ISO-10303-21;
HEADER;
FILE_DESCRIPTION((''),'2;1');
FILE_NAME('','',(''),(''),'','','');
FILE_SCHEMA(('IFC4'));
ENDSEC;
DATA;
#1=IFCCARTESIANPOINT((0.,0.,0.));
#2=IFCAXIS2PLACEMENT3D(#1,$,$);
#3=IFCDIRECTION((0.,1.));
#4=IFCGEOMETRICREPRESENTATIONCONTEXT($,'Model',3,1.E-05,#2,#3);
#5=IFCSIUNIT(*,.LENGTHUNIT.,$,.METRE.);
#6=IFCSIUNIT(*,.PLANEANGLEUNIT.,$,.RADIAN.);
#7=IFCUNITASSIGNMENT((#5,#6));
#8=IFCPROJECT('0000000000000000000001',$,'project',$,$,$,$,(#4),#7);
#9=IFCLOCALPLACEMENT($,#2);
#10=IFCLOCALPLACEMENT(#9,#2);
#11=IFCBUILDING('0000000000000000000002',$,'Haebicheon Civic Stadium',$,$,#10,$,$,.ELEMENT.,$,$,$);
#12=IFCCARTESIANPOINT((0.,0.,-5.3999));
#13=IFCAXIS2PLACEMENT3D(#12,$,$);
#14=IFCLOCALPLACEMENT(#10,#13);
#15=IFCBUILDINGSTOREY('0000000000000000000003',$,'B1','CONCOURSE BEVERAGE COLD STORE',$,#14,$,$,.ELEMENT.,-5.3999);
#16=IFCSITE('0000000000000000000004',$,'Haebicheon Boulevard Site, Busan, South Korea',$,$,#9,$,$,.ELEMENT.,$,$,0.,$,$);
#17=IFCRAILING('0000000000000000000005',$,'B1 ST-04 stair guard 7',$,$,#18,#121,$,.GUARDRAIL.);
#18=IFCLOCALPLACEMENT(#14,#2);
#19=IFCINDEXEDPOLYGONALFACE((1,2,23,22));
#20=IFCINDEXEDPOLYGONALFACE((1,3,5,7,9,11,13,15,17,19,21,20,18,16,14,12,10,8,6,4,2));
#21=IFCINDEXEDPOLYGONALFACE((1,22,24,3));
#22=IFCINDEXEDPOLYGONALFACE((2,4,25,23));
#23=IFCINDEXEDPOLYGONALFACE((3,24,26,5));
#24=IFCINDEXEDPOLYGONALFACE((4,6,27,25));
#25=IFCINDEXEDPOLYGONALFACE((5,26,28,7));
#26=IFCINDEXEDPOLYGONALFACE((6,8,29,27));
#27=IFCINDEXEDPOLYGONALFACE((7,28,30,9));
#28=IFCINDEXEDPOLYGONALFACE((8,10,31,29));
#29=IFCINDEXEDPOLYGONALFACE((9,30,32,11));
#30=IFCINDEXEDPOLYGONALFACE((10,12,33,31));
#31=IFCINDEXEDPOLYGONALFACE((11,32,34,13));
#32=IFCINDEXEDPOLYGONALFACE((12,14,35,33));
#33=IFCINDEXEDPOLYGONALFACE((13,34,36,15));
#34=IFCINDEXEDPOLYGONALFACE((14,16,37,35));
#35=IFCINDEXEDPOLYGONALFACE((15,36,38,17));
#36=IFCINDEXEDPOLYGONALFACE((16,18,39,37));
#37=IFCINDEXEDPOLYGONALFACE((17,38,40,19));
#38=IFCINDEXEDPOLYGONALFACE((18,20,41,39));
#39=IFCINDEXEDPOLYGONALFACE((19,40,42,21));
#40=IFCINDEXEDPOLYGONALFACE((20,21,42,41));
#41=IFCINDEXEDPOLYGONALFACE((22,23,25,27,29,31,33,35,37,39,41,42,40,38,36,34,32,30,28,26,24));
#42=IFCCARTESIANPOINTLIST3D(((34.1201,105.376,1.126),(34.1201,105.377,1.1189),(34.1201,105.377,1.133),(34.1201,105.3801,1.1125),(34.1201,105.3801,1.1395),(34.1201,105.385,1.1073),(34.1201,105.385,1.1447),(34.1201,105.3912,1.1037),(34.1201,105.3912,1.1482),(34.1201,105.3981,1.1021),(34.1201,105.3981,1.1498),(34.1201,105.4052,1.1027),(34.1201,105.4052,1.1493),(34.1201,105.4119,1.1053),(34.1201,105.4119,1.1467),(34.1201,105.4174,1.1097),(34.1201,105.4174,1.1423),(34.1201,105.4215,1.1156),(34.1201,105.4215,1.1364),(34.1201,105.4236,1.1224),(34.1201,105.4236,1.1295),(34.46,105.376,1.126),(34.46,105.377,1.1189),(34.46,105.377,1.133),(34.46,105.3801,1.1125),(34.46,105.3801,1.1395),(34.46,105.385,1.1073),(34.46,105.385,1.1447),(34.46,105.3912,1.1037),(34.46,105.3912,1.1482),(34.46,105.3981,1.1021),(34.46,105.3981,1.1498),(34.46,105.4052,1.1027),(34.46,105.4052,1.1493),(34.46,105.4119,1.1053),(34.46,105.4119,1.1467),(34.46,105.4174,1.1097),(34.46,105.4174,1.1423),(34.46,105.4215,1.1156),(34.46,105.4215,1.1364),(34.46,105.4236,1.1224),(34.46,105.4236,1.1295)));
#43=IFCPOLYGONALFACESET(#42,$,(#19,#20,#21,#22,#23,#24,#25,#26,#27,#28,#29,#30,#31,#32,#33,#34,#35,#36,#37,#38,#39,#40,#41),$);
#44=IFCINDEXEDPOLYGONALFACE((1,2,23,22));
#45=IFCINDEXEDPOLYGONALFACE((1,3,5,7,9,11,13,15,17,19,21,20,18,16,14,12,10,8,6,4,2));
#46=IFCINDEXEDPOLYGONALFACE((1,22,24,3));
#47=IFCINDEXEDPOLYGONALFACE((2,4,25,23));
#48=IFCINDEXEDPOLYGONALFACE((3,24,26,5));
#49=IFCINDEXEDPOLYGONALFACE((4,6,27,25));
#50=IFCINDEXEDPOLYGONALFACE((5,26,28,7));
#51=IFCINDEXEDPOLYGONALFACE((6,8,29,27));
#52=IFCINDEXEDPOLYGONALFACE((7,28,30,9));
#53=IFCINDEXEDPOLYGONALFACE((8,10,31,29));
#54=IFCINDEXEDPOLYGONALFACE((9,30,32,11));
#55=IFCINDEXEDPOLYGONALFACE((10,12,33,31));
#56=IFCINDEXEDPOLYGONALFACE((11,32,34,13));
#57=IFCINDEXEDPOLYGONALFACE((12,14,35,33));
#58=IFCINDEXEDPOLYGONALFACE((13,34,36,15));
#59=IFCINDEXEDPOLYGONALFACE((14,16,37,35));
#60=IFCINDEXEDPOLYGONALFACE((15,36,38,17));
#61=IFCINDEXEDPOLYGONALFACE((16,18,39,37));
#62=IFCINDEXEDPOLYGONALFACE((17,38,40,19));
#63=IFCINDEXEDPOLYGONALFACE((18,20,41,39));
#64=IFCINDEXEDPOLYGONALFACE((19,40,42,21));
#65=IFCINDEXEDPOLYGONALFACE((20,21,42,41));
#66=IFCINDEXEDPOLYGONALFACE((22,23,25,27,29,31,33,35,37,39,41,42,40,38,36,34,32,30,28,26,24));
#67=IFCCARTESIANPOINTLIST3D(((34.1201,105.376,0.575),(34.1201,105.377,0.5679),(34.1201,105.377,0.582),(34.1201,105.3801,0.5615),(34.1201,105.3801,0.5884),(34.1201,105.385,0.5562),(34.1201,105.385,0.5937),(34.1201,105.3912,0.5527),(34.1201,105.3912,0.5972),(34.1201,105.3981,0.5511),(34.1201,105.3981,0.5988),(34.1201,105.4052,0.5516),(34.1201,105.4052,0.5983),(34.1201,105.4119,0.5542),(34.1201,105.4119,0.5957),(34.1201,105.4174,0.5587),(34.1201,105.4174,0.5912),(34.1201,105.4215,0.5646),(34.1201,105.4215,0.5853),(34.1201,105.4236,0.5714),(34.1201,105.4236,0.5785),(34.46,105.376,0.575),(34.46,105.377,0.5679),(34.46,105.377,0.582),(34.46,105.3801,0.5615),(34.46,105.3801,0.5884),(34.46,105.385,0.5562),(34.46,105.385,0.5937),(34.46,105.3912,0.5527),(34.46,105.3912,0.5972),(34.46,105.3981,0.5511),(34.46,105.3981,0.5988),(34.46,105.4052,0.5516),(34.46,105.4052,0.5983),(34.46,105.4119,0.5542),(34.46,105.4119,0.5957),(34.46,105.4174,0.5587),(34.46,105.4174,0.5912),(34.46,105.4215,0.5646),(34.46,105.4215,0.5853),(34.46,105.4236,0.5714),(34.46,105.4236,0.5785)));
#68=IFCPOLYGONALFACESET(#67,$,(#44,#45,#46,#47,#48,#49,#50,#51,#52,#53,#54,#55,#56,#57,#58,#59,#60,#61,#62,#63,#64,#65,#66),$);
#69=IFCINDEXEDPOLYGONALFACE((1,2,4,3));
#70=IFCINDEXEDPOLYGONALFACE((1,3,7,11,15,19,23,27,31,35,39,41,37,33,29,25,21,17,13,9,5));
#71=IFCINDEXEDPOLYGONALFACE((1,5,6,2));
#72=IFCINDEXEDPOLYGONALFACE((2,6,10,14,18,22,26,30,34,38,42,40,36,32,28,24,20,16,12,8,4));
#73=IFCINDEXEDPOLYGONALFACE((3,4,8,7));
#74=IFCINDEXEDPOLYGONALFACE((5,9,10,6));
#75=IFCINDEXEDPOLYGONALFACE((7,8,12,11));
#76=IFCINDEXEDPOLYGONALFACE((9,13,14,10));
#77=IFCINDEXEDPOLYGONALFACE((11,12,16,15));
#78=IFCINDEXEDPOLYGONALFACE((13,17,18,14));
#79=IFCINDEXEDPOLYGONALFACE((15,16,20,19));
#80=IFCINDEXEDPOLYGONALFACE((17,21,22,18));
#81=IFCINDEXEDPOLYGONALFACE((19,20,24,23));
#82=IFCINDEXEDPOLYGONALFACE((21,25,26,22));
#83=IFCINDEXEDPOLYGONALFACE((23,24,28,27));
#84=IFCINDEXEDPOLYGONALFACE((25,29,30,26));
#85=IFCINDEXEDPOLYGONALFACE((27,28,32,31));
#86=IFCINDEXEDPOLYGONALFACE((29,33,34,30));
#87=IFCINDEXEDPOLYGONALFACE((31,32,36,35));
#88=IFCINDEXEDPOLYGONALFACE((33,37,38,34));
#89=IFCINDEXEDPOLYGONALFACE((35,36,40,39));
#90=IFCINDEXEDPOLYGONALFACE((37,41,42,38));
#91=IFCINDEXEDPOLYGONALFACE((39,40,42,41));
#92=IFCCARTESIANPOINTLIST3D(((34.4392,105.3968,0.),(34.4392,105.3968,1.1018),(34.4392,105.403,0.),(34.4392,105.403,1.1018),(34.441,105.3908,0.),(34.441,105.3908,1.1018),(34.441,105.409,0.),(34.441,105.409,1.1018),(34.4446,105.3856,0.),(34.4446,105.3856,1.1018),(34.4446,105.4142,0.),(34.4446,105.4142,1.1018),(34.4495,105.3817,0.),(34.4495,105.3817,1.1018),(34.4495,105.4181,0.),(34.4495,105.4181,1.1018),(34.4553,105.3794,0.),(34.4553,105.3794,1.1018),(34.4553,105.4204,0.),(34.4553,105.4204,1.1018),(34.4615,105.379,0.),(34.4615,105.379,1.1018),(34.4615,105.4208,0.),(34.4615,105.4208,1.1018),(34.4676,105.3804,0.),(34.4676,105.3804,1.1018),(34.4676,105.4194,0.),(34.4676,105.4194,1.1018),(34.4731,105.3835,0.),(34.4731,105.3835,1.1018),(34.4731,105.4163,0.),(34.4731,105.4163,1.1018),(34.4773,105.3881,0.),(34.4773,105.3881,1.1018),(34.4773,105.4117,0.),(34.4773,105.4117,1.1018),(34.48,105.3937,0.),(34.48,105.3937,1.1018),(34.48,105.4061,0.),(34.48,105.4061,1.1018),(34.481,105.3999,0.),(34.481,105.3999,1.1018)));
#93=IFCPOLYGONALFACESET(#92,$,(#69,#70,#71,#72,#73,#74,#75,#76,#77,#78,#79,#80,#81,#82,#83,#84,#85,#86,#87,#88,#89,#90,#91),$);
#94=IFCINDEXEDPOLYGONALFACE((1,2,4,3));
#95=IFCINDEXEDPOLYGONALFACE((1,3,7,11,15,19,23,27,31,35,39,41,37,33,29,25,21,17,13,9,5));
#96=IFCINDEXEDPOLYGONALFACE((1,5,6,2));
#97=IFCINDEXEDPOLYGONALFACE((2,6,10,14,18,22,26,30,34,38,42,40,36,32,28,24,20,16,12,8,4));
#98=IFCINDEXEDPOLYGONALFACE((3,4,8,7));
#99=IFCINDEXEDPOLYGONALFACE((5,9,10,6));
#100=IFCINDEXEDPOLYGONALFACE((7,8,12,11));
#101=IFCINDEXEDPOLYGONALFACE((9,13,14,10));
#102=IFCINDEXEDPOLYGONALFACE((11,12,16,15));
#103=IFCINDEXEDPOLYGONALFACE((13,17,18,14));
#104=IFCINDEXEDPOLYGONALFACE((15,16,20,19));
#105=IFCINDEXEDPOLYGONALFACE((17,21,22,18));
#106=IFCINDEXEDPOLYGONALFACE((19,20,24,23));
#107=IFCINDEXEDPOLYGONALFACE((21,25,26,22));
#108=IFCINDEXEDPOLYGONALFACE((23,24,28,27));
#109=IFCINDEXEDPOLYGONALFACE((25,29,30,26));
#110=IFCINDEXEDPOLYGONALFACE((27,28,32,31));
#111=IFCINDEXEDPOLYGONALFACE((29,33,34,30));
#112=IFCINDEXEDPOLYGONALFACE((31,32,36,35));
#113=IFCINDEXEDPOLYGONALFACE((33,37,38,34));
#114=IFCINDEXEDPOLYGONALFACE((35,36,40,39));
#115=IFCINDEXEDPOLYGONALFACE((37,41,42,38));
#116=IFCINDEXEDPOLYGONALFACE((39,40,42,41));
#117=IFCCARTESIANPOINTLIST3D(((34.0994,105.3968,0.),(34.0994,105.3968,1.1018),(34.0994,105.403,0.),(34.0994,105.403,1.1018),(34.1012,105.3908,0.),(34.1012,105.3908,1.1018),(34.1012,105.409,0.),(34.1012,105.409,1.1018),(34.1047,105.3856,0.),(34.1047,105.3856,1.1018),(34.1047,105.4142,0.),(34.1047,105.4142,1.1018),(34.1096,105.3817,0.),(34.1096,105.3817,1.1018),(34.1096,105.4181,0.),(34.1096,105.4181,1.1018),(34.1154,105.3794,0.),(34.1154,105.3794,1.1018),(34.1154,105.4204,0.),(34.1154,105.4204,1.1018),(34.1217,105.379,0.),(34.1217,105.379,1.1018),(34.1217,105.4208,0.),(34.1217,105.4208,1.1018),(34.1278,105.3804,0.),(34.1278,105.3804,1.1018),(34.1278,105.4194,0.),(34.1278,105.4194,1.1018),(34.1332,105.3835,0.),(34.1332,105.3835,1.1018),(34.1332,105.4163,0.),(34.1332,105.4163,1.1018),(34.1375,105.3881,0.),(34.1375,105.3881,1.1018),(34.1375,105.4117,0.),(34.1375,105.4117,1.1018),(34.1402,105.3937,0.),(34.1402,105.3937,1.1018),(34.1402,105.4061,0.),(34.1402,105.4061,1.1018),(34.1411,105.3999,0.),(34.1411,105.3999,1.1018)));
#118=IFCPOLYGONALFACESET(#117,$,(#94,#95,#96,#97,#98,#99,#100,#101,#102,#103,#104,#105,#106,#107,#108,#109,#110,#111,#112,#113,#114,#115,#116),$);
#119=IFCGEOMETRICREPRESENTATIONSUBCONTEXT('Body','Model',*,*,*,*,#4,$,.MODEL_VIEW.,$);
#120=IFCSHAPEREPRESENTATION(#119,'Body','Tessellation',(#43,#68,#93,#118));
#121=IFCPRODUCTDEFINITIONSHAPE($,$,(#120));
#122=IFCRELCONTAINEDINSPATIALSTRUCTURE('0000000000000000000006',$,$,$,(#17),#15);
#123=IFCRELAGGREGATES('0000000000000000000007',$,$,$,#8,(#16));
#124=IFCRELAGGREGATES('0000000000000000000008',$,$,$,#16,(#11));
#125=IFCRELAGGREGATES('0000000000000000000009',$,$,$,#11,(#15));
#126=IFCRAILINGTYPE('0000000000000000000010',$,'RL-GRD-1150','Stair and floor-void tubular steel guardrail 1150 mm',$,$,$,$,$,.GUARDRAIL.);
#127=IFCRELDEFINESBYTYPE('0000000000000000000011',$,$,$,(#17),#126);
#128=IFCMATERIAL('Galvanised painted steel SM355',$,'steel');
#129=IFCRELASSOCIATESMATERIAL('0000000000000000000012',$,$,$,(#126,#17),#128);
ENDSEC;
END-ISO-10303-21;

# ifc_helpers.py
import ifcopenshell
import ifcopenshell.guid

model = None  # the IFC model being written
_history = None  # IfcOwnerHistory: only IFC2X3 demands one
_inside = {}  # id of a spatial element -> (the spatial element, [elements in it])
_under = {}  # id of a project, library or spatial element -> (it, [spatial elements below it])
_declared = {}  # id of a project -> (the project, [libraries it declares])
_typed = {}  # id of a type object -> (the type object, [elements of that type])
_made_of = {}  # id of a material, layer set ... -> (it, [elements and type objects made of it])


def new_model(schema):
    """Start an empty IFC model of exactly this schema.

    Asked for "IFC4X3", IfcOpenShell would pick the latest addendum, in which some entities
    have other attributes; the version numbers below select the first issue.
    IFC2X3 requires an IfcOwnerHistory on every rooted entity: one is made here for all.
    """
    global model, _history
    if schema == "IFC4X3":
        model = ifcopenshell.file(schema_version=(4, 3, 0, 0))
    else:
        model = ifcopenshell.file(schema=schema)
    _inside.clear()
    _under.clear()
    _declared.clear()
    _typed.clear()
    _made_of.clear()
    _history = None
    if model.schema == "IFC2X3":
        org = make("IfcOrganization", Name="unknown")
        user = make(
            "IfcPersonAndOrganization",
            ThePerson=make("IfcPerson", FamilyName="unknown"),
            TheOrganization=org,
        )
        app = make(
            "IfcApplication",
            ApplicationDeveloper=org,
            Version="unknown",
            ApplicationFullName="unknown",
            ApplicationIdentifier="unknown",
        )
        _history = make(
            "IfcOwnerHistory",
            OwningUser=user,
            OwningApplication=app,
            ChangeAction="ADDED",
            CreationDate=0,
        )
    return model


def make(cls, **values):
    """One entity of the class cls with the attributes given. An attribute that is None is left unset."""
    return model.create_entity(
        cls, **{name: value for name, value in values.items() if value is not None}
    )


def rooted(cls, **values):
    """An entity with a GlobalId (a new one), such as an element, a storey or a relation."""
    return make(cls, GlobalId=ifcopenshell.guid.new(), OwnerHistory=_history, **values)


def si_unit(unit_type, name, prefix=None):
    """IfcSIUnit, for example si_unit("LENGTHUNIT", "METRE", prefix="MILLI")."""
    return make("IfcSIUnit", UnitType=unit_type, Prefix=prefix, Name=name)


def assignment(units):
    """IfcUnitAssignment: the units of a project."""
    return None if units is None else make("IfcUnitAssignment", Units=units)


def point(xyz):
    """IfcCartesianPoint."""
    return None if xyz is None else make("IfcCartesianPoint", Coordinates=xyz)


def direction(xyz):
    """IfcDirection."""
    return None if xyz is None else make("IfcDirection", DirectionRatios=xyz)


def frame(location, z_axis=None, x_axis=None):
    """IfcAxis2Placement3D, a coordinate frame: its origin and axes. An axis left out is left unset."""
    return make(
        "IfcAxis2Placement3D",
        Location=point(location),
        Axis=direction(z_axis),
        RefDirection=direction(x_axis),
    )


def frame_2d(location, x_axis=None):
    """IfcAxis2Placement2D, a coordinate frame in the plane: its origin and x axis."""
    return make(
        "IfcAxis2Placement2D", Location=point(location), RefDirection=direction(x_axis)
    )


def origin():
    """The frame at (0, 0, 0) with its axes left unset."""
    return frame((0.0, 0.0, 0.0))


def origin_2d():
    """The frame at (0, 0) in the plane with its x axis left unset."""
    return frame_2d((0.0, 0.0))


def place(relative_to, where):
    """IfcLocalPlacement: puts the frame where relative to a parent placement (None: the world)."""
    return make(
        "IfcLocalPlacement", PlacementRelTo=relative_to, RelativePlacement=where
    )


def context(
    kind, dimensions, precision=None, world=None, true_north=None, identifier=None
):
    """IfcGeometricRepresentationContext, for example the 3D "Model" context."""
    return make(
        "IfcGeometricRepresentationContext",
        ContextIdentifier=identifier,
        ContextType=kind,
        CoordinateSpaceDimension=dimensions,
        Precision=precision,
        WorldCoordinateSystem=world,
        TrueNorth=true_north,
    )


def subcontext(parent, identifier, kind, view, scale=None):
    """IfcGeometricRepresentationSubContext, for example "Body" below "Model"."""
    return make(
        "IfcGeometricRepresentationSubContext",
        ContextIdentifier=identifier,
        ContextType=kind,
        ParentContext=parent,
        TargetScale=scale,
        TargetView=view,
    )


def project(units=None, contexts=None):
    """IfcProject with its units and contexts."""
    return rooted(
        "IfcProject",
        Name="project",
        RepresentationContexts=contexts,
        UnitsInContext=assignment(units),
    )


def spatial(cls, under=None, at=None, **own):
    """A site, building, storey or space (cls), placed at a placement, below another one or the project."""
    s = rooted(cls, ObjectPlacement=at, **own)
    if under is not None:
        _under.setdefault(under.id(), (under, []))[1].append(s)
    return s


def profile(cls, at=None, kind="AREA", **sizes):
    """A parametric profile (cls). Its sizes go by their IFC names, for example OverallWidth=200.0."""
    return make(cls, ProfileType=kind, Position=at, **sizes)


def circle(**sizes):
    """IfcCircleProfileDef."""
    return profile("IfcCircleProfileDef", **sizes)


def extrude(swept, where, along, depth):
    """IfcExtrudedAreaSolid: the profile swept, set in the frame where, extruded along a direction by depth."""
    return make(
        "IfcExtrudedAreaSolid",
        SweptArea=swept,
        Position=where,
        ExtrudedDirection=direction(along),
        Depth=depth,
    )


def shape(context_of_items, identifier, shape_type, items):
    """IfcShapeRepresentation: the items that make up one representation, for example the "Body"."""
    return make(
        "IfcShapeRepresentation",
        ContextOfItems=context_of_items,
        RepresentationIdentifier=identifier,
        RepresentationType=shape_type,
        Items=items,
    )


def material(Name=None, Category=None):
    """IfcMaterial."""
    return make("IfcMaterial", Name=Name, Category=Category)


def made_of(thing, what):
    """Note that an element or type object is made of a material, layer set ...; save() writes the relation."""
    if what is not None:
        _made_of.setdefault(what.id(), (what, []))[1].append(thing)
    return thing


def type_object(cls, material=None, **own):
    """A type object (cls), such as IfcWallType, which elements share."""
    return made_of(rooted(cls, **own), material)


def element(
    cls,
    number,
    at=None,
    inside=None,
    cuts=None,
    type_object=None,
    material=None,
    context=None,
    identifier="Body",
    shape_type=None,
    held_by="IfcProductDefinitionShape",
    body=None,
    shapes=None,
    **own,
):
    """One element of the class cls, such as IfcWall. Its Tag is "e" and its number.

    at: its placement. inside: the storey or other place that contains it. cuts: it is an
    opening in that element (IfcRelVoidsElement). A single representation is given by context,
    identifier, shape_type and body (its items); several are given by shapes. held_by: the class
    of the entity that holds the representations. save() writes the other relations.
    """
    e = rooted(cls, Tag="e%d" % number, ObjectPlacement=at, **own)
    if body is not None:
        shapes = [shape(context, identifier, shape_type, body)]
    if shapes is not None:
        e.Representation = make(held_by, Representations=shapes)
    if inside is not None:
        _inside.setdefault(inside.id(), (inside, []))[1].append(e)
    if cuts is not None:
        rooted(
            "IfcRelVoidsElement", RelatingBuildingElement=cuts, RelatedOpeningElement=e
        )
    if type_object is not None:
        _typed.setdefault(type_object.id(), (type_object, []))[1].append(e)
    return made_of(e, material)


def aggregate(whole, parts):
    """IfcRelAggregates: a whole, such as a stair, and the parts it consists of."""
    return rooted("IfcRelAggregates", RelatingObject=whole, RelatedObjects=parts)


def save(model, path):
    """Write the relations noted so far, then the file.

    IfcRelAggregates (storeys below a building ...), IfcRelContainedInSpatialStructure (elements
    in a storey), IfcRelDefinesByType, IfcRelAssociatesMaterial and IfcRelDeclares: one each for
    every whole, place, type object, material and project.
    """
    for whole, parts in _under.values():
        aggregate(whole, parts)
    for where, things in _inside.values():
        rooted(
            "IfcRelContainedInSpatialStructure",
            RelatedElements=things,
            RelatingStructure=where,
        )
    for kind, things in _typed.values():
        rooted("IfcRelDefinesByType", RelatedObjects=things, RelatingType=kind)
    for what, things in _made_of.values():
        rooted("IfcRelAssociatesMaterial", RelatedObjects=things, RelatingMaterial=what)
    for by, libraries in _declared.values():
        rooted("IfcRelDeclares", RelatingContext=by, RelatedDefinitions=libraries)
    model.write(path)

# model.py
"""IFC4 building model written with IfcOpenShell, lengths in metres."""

from ifc_helpers import new_model, si_unit, direction, frame, origin, origin_2d, place, context, subcontext, project, spatial, circle, extrude, material, type_object, element, save


model = new_model("IFC4")

# Units and contexts
model_context = context("Model", 3, precision=1e-05, world=origin(), true_north=direction((0.0, 1.0)))
body_context = subcontext(model_context, "Body", "Model", "MODEL_VIEW")
ifc_project = project(units=[si_unit("LENGTHUNIT", "METRE"), si_unit("PLANEANGLEUNIT", "RADIAN")], contexts=[model_context])

# Site, building, storey
site_placement = place(None, origin())
site = spatial("IfcSite", under=ifc_project, at=site_placement, Name="Haebicheon Boulevard Site, Busan, South Korea", CompositionType="ELEMENT", RefElevation=0.0)
building_placement = place(site_placement, origin())
building = spatial("IfcBuilding", under=site, at=building_placement, Name="Haebicheon Civic Stadium", CompositionType="ELEMENT")
storey_placement = place(building_placement, frame((0.0, 0.0, -5.3999)))
storey = spatial("IfcBuildingStorey", under=building, at=storey_placement, Name="B1", Description="CONCOURSE BEVERAGE COLD STORE", CompositionType="ELEMENT", Elevation=-5.3999)

# Railing
ifc_material_1 = material(Name="Galvanised painted steel SM355", Category="steel")
railing_type_1 = type_object("IfcRailingType", Name="RL-GRD-1150", Description="Stair and floor-void tubular steel guardrail 1150 mm", PredefinedType="GUARDRAIL", material=ifc_material_1)
railing_1_placement = place(storey_placement, frame((34.46, 105.3999, 0.0)))
element("IfcRailing", 1, at=railing_1_placement, inside=storey, type_object=railing_type_1, material=ifc_material_1, Name="B1 ST-04 stair guard 7", PredefinedType="GUARDRAIL", context=body_context, shape_type="SweptSolid", body=[
    extrude(circle(Radius=0.0239, at=origin_2d()), frame((0.0, 0.0, 1.126), z_axis=(-1.0, 0.0, 0.0), x_axis=(0.0, -1.0, 0.0)), (0.0, 0.0, 1.0), 0.3398),
    extrude(circle(Radius=0.0239, at=origin_2d()), frame((0.0, 0.0, 0.575), z_axis=(-1.0, 0.0, 0.0), x_axis=(0.0, -1.0, 0.0)), (0.0, 0.0, 1.0), 0.3398),
    extrude(circle(Radius=0.021, at=origin_2d()), origin(), (0.0, 0.0, 1.0), 1.1018),
    extrude(circle(Radius=0.021, at=origin_2d()), frame((-0.3398, 0.0, 0.0)), (0.0, 0.0, 1.0), 1.1018),
])

save(model, "model.ifc")
